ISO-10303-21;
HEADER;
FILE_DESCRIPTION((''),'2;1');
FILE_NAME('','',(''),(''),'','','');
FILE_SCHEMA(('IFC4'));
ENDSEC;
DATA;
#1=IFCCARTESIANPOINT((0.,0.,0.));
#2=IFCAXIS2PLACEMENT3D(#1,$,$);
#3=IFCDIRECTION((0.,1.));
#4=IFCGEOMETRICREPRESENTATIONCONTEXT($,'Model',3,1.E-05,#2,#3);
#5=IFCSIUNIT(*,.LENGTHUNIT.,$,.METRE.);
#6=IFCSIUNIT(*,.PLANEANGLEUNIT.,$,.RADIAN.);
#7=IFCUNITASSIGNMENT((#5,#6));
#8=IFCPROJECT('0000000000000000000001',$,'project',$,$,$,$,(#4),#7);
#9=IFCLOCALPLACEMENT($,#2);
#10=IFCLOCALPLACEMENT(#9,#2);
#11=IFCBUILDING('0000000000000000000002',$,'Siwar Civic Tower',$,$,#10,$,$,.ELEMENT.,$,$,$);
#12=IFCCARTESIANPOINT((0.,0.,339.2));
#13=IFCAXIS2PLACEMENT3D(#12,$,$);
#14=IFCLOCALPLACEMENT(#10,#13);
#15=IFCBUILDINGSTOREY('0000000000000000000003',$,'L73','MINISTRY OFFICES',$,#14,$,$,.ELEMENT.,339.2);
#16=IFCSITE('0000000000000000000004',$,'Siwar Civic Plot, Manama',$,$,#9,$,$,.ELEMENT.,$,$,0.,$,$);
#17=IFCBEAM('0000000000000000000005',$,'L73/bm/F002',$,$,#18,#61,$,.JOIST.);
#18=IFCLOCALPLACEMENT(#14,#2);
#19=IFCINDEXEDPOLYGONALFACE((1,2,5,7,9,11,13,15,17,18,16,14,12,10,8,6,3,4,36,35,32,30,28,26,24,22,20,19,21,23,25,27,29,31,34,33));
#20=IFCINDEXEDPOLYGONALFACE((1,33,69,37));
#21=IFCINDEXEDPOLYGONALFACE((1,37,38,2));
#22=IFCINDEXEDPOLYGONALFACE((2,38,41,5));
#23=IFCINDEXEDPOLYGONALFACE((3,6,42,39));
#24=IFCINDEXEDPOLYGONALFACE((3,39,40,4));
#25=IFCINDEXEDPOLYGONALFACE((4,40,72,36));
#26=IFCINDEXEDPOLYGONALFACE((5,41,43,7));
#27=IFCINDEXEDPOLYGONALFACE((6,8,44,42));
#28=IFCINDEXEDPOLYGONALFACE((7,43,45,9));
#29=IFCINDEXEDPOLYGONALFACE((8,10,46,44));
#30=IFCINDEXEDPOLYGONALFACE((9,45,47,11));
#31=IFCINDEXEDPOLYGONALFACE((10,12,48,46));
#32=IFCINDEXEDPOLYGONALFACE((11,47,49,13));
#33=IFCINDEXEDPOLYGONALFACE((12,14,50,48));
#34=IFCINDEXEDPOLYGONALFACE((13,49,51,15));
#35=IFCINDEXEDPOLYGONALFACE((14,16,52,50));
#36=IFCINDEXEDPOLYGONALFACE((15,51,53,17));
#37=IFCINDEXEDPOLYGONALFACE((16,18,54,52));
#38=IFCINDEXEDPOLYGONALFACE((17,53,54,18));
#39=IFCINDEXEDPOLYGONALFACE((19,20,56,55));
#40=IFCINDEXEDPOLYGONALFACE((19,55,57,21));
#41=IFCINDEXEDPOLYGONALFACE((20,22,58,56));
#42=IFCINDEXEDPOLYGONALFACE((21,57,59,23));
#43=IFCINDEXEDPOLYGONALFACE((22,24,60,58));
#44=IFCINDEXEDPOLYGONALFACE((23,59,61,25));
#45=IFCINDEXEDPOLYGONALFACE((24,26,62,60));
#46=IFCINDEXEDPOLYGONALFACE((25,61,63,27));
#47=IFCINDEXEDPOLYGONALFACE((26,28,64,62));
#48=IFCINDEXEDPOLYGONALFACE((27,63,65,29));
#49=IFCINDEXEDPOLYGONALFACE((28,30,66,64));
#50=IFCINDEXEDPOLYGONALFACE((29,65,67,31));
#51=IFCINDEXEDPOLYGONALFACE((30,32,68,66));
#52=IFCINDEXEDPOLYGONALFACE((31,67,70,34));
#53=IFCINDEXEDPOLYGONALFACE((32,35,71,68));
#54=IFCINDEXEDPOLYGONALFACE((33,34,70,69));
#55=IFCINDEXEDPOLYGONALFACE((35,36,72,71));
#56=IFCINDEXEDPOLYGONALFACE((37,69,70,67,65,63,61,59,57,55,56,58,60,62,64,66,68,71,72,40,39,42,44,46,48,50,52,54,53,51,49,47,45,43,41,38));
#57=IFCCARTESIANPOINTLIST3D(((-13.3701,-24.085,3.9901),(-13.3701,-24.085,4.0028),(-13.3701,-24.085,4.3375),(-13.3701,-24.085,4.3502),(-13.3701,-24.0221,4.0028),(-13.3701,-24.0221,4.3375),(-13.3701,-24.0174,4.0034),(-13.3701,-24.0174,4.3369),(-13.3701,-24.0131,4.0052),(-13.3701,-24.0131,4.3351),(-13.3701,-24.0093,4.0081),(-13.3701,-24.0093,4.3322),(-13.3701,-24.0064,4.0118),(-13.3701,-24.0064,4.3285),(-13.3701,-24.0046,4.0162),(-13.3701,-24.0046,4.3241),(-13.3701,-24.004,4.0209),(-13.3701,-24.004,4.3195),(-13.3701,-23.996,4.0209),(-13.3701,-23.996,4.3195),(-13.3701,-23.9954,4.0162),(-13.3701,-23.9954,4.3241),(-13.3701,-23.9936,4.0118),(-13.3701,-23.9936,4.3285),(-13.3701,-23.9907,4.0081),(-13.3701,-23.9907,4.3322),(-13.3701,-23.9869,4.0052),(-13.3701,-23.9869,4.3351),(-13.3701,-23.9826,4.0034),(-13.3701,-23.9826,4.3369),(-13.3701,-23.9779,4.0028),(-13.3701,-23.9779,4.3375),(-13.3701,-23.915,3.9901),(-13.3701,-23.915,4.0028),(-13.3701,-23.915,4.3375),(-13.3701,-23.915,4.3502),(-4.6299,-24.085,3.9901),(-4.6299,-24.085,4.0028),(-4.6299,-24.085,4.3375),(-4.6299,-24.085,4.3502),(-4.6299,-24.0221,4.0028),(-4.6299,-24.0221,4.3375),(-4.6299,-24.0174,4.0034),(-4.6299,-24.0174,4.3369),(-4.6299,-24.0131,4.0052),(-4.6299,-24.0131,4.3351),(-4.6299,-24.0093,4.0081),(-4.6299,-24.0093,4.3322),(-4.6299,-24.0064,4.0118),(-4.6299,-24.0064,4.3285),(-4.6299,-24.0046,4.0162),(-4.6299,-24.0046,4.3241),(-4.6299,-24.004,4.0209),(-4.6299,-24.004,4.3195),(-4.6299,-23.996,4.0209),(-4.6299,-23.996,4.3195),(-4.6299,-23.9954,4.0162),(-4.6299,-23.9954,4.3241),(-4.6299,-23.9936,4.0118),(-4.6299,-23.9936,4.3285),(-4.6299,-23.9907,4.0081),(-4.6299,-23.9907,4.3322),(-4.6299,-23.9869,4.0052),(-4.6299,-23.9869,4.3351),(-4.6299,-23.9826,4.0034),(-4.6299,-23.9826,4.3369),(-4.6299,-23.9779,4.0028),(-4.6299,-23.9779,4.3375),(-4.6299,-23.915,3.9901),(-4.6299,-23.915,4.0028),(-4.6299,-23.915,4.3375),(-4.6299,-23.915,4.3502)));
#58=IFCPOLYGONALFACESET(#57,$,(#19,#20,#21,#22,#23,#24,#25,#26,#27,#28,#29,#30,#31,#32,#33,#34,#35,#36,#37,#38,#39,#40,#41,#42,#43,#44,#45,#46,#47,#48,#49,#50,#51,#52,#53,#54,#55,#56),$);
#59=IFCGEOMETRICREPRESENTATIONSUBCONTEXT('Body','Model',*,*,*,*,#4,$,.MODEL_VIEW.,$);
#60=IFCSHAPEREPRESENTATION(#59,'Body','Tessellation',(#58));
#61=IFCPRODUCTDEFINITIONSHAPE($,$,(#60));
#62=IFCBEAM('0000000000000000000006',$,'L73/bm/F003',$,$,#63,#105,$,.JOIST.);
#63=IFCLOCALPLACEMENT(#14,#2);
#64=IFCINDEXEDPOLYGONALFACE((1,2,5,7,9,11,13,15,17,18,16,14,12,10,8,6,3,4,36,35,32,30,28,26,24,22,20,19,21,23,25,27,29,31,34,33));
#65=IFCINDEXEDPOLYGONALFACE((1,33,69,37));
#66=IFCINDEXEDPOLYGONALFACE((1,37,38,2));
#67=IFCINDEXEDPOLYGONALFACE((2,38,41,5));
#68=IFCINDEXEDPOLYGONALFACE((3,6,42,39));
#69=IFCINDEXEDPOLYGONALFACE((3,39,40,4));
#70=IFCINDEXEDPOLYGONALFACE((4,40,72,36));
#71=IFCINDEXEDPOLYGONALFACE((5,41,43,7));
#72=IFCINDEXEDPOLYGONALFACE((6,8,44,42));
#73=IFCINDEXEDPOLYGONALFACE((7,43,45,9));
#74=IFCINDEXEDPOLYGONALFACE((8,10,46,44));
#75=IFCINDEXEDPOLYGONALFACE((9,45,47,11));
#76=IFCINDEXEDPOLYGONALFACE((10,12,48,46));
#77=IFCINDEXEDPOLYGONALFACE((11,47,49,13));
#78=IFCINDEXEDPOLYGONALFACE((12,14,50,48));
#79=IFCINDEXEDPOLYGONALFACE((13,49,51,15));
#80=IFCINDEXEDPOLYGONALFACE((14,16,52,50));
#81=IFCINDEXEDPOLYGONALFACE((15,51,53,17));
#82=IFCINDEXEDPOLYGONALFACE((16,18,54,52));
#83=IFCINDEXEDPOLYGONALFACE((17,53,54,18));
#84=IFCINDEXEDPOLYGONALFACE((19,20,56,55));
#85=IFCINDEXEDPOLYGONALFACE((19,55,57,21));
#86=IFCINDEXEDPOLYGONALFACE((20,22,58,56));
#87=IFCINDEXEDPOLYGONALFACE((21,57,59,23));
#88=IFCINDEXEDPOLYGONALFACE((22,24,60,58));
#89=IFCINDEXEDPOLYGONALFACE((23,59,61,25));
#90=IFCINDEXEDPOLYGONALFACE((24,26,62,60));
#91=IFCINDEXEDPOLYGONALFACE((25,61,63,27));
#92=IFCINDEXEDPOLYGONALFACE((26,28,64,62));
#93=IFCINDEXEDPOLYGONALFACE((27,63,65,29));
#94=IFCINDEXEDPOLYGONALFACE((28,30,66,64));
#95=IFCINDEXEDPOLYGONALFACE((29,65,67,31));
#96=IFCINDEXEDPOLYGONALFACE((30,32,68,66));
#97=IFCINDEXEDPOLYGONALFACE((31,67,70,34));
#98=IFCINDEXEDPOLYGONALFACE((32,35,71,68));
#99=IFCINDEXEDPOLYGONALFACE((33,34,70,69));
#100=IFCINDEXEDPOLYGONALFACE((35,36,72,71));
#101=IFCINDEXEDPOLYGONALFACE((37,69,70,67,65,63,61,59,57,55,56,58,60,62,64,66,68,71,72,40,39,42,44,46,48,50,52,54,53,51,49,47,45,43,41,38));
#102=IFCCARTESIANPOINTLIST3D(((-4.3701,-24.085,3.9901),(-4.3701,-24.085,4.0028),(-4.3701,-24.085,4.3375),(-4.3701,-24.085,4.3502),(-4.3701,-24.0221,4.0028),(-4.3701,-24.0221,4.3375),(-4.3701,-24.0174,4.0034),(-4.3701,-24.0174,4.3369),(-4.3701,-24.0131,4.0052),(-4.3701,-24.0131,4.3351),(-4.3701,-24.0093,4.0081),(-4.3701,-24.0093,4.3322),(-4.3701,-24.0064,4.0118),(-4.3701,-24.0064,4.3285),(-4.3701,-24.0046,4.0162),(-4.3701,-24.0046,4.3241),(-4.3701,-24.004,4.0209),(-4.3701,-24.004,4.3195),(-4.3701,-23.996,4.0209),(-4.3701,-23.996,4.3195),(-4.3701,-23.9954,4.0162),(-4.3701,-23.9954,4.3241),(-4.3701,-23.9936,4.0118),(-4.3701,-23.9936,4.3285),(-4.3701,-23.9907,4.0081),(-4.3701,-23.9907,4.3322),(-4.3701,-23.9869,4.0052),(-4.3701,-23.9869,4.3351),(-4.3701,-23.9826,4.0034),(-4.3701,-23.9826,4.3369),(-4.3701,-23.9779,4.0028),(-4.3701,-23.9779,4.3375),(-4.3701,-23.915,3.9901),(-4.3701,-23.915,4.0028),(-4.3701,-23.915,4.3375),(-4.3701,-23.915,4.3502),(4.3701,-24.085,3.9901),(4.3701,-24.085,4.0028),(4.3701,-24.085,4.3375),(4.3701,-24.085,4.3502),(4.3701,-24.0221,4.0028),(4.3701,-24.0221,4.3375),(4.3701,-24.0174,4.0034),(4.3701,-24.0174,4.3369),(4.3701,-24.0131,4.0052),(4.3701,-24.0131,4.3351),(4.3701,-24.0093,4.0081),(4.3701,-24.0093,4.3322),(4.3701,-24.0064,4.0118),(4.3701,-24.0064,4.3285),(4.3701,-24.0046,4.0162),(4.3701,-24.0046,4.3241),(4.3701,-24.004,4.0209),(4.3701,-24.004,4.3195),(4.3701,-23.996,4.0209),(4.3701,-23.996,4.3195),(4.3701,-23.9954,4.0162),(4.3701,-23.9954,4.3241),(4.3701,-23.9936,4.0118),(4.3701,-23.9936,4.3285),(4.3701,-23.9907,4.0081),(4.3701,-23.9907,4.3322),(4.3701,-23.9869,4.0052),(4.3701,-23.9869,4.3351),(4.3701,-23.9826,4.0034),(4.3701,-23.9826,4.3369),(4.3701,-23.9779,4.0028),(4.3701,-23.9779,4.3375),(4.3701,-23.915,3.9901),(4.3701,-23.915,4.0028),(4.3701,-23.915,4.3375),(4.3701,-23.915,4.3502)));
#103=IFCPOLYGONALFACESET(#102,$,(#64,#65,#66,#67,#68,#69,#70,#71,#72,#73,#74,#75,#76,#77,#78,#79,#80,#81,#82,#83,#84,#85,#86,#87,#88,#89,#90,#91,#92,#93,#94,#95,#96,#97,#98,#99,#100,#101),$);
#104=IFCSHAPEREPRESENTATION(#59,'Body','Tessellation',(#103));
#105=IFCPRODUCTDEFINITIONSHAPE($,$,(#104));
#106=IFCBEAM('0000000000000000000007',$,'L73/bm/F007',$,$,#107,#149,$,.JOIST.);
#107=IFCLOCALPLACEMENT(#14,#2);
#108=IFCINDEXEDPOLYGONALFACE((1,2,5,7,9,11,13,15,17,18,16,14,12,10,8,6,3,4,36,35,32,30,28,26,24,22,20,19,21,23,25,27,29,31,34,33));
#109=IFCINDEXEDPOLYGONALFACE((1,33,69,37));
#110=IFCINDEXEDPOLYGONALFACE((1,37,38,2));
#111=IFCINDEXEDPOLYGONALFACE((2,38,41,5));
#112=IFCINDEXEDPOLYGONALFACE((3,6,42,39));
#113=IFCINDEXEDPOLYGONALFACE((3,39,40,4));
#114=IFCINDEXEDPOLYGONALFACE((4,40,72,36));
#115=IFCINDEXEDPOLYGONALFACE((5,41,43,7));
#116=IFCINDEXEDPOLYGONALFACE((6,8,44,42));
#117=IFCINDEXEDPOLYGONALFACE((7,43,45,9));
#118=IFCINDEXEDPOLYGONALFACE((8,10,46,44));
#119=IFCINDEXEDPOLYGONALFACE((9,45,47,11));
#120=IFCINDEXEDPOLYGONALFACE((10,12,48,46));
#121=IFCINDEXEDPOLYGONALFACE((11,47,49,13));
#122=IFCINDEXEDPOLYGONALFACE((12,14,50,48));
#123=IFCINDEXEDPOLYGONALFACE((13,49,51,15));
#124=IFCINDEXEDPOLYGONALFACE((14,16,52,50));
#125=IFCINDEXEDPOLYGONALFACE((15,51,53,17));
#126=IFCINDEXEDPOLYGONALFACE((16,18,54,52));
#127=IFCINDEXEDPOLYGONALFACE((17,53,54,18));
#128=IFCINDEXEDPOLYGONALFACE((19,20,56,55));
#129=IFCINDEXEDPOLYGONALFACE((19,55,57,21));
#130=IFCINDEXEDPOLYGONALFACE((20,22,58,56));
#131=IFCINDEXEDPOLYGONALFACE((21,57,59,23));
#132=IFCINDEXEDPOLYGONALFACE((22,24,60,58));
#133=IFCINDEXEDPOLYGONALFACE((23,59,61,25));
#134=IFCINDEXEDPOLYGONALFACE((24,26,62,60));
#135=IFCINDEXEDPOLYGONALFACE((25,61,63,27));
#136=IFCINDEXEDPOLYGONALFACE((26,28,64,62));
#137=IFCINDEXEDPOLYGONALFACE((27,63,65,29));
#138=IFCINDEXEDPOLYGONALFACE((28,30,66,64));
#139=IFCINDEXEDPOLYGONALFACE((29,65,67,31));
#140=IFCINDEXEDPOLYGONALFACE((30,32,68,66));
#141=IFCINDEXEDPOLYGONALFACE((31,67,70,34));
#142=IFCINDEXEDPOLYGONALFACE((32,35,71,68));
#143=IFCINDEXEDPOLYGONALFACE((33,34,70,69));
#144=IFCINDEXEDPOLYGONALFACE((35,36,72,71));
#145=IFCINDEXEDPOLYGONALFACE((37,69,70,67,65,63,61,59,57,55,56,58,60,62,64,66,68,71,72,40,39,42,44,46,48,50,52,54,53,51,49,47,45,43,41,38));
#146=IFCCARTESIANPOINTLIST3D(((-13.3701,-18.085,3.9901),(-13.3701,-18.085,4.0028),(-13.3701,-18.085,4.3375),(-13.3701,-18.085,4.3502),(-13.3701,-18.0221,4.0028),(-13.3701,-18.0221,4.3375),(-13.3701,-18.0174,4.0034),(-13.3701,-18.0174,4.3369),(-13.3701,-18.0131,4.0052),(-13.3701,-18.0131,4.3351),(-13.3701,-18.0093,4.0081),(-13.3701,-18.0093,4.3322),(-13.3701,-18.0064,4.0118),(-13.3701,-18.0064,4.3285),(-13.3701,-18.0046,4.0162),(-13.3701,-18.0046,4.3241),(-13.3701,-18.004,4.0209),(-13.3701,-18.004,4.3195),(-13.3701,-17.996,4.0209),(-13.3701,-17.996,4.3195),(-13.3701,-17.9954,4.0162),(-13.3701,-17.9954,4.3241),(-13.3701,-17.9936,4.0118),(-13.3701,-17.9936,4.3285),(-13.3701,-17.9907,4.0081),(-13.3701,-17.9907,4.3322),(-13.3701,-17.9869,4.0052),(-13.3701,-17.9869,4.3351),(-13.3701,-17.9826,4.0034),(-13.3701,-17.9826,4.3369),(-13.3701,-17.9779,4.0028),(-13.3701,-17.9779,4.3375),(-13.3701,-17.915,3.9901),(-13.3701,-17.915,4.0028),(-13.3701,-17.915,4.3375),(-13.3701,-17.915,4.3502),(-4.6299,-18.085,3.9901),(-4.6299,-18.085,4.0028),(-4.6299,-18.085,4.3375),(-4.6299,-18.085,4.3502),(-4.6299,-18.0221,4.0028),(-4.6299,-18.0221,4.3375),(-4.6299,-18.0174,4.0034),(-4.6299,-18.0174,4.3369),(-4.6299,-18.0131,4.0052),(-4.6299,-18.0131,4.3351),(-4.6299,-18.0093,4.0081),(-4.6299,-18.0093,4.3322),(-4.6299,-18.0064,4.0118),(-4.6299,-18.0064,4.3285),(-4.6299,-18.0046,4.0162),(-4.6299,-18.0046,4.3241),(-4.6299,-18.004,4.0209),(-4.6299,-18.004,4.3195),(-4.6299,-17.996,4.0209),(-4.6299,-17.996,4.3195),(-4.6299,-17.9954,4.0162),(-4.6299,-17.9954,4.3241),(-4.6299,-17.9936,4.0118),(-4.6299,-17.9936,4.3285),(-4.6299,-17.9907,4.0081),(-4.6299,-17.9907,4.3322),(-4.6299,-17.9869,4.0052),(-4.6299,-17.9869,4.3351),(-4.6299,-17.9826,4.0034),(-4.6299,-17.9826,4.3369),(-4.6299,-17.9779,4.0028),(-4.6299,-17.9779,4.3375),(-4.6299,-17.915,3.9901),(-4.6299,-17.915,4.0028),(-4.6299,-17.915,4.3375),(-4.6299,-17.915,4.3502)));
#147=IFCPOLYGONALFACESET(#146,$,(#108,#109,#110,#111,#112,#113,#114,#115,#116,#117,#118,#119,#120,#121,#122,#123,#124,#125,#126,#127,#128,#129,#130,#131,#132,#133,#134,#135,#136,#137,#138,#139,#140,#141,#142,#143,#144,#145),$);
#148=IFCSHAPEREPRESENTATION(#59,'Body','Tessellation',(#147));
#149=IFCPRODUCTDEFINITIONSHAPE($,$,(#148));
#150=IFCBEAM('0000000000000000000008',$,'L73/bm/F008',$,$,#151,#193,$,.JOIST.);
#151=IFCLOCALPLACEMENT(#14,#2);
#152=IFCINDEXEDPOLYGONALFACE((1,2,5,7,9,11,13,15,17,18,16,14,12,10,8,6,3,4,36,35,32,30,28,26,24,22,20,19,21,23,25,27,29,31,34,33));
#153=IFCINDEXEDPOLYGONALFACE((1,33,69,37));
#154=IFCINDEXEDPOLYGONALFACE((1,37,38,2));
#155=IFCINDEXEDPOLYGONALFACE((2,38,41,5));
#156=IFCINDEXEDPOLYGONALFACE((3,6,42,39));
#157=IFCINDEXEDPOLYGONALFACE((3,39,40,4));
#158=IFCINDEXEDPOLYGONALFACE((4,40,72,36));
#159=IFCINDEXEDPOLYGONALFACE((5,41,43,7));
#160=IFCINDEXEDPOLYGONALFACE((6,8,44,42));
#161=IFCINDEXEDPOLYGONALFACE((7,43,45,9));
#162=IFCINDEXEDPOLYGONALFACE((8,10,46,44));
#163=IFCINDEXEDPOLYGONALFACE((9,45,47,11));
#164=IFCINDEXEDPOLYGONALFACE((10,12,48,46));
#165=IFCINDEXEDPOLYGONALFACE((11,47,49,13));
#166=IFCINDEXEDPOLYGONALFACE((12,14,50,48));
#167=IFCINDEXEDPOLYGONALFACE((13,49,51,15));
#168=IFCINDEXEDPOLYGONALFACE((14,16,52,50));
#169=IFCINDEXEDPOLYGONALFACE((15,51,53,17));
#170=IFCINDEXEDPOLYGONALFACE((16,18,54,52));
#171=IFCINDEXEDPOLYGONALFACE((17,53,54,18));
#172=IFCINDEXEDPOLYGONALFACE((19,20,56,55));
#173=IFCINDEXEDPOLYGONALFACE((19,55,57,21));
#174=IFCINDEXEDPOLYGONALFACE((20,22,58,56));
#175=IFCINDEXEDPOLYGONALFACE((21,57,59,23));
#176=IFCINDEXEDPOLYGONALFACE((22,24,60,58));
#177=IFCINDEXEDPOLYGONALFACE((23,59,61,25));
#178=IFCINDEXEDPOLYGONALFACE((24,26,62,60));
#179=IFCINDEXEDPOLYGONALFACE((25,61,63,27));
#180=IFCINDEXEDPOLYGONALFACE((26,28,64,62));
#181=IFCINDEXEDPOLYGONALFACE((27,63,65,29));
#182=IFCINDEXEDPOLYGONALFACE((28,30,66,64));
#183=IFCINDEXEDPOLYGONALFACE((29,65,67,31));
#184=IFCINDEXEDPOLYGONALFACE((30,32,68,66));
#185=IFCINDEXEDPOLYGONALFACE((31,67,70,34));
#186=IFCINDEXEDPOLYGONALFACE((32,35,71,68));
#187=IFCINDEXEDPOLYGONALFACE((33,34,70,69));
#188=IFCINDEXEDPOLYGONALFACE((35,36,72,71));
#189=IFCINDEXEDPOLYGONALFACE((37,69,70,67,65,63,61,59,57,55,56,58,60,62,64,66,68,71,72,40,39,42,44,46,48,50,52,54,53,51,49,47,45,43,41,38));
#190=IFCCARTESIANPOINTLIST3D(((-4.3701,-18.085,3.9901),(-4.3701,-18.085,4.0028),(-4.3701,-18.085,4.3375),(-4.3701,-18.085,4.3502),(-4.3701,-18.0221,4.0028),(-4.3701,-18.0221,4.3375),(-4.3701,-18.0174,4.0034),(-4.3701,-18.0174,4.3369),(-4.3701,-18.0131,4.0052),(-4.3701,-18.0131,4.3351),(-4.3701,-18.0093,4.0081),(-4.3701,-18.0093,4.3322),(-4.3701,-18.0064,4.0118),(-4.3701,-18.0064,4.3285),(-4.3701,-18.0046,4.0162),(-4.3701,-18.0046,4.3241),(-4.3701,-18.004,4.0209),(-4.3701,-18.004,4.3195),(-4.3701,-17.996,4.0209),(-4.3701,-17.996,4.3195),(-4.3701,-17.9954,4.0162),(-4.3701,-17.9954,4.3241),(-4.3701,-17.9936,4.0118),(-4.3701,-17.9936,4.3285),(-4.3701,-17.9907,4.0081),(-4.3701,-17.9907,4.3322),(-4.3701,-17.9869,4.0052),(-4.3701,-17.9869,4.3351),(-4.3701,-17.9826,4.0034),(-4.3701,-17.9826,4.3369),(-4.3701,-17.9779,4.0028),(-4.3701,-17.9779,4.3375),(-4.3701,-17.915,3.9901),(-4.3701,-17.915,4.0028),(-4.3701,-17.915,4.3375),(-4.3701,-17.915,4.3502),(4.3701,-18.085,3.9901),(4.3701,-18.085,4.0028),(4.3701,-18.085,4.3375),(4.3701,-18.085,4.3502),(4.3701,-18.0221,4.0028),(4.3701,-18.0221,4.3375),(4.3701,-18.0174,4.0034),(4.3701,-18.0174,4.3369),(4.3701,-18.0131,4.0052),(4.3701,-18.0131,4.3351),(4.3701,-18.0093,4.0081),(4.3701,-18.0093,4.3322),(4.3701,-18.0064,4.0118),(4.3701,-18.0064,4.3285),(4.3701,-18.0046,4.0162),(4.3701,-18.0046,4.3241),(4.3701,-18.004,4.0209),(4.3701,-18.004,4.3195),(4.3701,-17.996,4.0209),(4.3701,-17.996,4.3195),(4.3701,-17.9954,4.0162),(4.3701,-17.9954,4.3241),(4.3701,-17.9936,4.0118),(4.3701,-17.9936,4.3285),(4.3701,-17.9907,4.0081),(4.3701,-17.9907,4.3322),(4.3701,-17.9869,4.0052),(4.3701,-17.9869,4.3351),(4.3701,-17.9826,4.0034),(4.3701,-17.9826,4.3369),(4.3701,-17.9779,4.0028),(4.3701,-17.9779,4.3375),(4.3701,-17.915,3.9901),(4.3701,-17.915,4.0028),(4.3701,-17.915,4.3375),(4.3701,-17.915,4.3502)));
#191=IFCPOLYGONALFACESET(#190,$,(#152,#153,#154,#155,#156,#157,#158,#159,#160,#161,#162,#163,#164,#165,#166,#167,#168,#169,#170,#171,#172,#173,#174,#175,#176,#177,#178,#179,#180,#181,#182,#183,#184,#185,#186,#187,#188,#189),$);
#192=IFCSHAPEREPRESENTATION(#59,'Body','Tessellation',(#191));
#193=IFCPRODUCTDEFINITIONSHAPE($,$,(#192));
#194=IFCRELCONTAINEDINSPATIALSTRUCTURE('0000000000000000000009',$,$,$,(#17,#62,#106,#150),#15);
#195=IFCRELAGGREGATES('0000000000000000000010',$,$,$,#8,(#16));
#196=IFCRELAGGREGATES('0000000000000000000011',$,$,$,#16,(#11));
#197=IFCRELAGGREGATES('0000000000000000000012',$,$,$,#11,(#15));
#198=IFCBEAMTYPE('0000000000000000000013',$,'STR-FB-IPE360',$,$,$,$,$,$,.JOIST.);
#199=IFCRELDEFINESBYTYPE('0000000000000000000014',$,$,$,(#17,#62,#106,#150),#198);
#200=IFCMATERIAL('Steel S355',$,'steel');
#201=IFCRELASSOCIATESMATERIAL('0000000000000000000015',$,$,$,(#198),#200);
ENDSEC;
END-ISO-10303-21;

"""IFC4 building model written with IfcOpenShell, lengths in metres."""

from ifc_helpers import new_model, si_unit, direction, frame, origin, origin_2d, place, context, subcontext, project, spatial, i_section, extrude, material, material_profile, profile_set, type_object, element, save


model = new_model("IFC4")

# Units and contexts
model_context = context("Model", 3, precision=1e-05, world=origin(), true_north=direction((0.0, 1.0)))
body_context = subcontext(model_context, "Body", "Model", "MODEL_VIEW")
ifc_project = project(units=[si_unit("LENGTHUNIT", "METRE"), si_unit("PLANEANGLEUNIT", "RADIAN")], contexts=[model_context])

# Site, building, storey
site_placement = place(None, origin())
site = spatial("IfcSite", under=ifc_project, at=site_placement, Name="Siwar Civic Plot, Manama", CompositionType="ELEMENT", RefElevation=0.0)
building_placement = place(site_placement, origin())
building = spatial("IfcBuilding", under=site, at=building_placement, Name="Siwar Civic Tower", CompositionType="ELEMENT")
storey_placement = place(building_placement, frame((0.0, 0.0, 339.2)))
storey = spatial("IfcBuildingStorey", under=building, at=storey_placement, Name="L73", Description="MINISTRY OFFICES", CompositionType="ELEMENT", Elevation=339.2)

# Beams
ifc_material_1 = material(Name="Steel S355", Category="steel")
ifc_material_profile_1 = material_profile(ifc_material_1, i_section(OverallWidth=0.1699, OverallDepth=0.3601, WebThickness=0.0081, FlangeThickness=0.0127, FilletRadius=0.0181, at=origin_2d()), Name="IPE360")
ifc_profile_set_1 = profile_set([ifc_material_profile_1], Name="Steel S355")
beam_type_1 = type_object("IfcBeamType", Name="STR-FB-IPE360", PredefinedType="JOIST", material=ifc_profile_set_1)
for number, where, z_axis, x_axis, name in (
    (1, (-13.3701, -24.0, 4.1702), (1.0, 0.0, 0.0), (0.0, 1.0, 0.0), "L73/bm/F002"),
    (2, (-4.3701, -24.0, 4.1702), (1.0, 0.0, 0.0), (0.0, 1.0, 0.0), "L73/bm/F003"),
    (3, (-13.3701, -18.0, 4.1702), (1.0, 0.0, 0.0), (0.0, 1.0, 0.0), "L73/bm/F007"),
    (4, (-4.3701, -18.0, 4.1702), (1.0, 0.0, 0.0), (0.0, 1.0, 0.0), "L73/bm/F008"),
):
    element("IfcBeam", number, at=place(storey_placement, frame(where, z_axis=z_axis, x_axis=x_axis)), inside=storey, type_object=beam_type_1, Name=name, PredefinedType="JOIST", context=body_context, shape_type="SweptSolid", body=[
        extrude(i_section(OverallWidth=0.1699, OverallDepth=0.3601, WebThickness=0.0081, FlangeThickness=0.0127, FilletRadius=0.0181, at=origin_2d()), origin(), (0.0, 0.0, 1.0), 8.7402),
    ])

save(model, "model.ifc")
